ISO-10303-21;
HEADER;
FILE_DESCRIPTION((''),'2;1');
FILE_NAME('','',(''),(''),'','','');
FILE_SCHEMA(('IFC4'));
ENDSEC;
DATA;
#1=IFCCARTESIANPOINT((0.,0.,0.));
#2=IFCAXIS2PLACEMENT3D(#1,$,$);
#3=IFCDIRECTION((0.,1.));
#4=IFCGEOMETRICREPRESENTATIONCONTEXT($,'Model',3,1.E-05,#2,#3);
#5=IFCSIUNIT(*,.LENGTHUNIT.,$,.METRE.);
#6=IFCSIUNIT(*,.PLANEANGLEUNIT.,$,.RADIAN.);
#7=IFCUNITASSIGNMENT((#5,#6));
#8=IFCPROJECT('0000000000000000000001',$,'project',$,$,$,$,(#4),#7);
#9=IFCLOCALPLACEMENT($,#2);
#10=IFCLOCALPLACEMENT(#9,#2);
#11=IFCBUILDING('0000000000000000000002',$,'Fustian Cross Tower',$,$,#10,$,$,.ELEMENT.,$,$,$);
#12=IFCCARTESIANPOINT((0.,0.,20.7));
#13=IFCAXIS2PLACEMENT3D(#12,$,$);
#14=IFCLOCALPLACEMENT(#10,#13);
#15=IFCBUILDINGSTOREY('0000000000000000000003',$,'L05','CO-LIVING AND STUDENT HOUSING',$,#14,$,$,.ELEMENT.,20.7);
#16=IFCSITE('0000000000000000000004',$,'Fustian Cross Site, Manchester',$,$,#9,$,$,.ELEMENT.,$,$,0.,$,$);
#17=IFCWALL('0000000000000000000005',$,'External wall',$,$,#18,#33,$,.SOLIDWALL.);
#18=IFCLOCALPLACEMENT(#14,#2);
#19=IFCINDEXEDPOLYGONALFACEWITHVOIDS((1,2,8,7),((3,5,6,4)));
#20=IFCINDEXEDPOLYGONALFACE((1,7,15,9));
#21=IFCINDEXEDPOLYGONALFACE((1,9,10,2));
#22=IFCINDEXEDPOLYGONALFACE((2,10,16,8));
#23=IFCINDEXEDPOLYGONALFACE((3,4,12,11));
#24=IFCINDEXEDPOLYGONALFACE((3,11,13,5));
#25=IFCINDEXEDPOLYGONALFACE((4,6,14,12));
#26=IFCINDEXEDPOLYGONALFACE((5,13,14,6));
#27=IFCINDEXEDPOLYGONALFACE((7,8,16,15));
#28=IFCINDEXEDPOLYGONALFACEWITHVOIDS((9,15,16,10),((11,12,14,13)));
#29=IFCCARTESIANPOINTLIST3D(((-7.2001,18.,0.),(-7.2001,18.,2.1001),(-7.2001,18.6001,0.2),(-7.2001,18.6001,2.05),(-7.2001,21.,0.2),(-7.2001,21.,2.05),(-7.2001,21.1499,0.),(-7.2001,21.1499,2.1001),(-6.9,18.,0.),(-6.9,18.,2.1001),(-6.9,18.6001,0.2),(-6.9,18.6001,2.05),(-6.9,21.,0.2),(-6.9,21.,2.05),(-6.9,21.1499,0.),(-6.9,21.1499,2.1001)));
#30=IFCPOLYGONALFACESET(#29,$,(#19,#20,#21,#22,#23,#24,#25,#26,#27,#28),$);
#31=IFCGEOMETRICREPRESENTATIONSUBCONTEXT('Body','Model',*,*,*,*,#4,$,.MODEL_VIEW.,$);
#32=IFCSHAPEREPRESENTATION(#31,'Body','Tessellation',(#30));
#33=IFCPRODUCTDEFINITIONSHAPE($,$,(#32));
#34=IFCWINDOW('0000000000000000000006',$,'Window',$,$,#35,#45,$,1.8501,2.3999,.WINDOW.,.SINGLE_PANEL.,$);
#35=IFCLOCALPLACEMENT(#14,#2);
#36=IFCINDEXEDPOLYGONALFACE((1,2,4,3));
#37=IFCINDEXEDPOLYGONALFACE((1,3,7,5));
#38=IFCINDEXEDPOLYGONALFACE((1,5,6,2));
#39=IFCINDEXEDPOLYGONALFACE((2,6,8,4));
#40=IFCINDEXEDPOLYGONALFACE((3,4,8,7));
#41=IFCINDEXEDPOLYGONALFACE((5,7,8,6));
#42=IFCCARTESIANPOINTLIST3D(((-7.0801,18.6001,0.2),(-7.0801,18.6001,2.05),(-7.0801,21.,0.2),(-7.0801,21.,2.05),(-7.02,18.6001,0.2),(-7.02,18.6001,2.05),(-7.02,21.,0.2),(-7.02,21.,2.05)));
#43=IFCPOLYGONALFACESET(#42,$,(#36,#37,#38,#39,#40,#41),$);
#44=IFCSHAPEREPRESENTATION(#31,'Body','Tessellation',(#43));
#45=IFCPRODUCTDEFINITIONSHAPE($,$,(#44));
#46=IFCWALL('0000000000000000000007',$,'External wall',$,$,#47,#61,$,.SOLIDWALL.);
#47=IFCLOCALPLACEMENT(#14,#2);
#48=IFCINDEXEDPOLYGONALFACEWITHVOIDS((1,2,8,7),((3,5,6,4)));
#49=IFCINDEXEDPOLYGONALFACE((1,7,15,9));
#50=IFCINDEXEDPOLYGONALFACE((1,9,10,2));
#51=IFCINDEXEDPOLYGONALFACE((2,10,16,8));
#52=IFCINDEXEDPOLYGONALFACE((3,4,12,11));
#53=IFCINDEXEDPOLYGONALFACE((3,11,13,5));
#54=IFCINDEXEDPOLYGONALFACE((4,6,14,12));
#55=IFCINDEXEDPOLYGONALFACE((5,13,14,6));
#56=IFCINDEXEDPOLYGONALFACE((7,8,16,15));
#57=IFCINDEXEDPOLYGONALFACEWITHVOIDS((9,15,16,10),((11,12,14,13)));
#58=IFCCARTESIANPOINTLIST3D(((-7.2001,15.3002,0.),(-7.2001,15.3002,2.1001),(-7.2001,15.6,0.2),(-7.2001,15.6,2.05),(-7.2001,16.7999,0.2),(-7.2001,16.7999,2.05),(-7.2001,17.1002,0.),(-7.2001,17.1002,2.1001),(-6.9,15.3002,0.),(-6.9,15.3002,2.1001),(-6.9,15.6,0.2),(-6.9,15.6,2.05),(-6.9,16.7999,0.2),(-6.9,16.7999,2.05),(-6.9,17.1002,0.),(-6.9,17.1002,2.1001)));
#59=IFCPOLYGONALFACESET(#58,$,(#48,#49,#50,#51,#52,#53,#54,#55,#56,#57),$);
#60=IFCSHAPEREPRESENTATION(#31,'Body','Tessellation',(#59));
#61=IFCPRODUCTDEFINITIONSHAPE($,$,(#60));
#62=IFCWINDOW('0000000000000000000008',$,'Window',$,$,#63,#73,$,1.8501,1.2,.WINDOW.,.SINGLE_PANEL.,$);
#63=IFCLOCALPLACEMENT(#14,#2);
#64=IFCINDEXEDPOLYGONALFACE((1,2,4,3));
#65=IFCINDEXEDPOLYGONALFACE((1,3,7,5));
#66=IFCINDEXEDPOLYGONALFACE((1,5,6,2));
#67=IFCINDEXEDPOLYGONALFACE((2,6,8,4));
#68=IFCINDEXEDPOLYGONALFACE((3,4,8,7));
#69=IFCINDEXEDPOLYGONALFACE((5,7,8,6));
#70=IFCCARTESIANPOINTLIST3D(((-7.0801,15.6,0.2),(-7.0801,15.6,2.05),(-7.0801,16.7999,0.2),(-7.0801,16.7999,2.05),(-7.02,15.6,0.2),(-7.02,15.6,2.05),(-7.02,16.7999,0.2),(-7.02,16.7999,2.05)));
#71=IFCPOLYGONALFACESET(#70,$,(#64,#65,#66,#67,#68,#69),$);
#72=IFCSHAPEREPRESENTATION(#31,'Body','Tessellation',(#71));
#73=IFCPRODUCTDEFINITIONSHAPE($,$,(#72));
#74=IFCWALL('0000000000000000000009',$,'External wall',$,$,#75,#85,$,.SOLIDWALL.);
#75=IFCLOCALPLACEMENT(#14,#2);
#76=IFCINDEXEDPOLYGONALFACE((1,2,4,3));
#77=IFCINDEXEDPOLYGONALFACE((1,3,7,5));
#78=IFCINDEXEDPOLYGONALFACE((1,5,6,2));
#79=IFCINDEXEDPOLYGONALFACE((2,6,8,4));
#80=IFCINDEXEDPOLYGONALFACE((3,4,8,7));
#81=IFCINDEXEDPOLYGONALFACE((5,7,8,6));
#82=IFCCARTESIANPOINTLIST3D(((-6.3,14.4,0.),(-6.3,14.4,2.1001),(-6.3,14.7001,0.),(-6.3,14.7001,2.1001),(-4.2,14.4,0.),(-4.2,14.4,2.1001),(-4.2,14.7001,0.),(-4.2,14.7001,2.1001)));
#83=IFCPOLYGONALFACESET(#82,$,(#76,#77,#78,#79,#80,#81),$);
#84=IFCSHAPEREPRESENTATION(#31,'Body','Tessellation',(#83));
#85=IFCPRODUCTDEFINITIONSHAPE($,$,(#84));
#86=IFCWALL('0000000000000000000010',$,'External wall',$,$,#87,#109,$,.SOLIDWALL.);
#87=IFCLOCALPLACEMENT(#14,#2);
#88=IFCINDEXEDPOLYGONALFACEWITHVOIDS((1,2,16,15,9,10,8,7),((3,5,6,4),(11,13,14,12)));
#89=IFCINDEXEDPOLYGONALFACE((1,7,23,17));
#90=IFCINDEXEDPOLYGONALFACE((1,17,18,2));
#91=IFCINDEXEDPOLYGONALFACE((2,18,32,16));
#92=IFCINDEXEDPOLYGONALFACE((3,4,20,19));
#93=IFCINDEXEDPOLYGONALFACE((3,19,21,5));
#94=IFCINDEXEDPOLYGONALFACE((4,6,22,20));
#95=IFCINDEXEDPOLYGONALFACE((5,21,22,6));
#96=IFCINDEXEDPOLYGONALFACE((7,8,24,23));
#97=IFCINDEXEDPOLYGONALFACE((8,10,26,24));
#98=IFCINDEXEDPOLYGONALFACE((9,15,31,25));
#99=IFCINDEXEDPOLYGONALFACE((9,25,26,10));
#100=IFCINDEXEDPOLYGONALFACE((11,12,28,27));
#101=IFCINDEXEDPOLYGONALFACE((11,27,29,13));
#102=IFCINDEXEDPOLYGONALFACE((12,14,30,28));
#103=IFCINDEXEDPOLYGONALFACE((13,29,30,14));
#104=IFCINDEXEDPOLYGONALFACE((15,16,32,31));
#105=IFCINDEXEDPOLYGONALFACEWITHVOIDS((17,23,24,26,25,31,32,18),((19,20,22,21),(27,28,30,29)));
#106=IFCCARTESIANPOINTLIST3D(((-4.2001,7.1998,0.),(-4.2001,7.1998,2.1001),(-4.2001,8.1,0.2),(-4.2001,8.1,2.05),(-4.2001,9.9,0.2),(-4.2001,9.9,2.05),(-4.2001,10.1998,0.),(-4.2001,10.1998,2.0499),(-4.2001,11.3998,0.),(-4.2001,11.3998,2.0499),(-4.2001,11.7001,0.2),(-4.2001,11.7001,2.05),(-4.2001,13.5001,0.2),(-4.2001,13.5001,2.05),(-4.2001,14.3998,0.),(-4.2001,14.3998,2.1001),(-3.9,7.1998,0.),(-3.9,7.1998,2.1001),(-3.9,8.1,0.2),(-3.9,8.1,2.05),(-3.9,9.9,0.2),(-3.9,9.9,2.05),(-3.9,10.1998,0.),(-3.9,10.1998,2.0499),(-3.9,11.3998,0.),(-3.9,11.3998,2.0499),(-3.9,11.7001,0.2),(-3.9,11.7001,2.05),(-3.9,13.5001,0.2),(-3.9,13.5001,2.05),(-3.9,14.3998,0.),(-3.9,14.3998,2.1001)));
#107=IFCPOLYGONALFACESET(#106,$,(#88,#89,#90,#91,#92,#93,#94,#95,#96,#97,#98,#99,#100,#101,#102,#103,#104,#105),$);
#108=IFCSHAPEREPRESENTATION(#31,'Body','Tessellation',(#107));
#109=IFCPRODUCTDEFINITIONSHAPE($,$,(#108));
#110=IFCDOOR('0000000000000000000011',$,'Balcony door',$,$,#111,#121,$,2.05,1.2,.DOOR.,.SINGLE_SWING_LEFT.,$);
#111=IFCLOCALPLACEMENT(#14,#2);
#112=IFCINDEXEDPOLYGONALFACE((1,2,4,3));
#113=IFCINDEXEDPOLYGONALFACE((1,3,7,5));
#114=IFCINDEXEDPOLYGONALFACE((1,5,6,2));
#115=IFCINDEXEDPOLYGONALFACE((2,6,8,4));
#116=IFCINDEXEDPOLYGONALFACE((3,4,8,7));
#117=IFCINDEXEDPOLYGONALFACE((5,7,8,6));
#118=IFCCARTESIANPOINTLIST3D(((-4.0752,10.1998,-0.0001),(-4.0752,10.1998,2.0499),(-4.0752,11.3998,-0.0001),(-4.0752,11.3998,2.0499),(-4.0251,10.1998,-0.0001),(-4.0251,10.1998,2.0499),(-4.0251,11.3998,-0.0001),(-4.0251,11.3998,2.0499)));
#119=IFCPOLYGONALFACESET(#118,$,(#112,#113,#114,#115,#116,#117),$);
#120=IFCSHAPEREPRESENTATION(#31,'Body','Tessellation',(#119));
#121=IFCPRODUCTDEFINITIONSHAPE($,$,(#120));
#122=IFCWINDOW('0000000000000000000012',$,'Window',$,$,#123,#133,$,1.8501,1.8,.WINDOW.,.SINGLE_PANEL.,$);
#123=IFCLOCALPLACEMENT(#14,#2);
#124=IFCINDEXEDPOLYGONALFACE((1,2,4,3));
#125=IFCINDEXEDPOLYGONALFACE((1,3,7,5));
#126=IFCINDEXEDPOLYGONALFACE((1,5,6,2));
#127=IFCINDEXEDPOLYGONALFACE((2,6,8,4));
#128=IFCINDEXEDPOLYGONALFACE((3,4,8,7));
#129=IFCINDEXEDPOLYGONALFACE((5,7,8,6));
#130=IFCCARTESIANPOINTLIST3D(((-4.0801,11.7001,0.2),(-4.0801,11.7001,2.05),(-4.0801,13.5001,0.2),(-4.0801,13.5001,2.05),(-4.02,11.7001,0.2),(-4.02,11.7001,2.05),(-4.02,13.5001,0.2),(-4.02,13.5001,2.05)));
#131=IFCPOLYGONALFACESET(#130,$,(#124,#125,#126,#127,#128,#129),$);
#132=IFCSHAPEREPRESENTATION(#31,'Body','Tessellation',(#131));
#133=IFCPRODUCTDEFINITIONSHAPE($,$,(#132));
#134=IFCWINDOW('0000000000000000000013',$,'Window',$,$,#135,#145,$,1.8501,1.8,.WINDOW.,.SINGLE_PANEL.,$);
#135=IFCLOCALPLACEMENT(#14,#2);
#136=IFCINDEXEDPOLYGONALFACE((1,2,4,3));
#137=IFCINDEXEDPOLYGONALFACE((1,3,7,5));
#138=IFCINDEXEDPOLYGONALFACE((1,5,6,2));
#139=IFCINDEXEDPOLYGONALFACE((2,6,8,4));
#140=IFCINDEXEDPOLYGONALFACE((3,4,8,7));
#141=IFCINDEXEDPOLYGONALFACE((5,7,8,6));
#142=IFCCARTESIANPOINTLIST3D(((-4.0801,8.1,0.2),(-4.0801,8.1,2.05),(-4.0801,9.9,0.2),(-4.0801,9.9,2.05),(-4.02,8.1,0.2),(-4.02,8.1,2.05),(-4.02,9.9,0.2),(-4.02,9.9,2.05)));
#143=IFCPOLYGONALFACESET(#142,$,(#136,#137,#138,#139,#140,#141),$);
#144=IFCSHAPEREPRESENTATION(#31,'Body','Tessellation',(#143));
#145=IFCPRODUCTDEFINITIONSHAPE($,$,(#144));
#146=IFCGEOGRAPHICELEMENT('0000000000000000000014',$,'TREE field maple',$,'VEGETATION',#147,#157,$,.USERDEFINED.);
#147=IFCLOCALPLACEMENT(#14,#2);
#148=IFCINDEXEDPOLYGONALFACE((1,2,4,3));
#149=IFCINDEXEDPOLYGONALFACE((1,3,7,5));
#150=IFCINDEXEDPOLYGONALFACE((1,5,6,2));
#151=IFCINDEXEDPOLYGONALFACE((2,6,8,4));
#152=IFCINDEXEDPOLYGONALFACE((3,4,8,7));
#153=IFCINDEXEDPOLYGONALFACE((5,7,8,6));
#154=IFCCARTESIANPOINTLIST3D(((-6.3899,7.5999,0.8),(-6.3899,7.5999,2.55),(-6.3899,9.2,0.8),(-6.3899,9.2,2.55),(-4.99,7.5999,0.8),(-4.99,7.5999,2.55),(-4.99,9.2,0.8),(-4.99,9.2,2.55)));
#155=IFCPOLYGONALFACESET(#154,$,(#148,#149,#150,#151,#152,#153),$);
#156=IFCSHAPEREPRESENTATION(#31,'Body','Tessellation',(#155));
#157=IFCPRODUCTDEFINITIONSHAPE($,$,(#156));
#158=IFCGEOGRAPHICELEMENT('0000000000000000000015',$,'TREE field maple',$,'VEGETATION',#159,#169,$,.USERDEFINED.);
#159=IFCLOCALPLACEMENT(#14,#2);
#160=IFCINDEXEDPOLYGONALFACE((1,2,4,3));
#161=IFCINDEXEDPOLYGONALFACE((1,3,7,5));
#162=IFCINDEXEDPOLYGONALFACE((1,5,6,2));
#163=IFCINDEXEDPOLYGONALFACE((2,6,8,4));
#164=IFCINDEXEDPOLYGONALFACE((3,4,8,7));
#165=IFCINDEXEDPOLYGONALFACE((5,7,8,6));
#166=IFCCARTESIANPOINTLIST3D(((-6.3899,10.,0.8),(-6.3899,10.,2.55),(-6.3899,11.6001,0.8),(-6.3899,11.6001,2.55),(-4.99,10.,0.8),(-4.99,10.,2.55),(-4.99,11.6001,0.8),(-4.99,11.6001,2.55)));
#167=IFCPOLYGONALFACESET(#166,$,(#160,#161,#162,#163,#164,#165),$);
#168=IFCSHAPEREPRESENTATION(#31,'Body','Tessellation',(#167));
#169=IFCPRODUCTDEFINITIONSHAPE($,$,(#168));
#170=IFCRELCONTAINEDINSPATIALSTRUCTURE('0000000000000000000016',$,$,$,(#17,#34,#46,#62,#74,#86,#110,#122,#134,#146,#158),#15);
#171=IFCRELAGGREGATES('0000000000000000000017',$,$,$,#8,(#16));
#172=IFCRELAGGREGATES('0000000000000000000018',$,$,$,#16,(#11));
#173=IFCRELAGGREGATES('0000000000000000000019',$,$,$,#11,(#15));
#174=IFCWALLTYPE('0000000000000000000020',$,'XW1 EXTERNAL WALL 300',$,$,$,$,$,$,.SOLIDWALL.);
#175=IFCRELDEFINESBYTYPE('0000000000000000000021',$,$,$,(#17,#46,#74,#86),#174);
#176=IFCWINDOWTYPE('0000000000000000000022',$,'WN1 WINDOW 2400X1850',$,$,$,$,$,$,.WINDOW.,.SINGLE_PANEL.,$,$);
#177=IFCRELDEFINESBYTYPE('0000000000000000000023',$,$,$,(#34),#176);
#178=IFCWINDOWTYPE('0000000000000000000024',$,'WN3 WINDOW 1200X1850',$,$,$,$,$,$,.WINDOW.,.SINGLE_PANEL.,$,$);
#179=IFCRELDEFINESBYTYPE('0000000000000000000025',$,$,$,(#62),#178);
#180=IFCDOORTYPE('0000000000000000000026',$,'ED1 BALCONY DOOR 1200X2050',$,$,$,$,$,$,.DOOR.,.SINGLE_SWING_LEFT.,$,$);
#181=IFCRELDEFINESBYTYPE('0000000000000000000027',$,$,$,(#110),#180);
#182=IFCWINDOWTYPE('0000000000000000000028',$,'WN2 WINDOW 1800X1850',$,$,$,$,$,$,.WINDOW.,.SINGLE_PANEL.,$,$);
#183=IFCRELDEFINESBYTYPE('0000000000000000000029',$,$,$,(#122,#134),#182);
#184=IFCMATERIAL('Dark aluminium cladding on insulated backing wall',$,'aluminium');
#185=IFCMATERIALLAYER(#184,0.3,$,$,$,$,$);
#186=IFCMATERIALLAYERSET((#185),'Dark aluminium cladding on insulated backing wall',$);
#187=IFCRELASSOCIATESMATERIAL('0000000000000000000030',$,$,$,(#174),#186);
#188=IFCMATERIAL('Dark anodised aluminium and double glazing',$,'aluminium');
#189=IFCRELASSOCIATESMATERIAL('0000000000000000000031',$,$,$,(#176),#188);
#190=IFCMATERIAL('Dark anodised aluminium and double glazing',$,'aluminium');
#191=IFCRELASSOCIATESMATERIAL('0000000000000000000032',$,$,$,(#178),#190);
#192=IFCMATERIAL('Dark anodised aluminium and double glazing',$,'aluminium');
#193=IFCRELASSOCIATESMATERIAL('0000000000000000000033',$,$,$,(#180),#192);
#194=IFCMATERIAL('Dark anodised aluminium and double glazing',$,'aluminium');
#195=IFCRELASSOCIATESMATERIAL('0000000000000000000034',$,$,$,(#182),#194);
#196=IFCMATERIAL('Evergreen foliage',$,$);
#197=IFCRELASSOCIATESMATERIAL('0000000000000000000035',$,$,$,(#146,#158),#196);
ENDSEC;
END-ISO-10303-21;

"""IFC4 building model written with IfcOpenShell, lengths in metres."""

from ifc_helpers import new_model, si_unit, direction, frame, frame_2d, origin, origin_2d, place, context, subcontext, project, spatial, rectangle, extrude, material, layer, layer_set, type_object, element, fill, save


model = new_model("IFC4")

# Units and contexts
model_context = context("Model", 3, precision=1e-05, world=origin(), true_north=direction((0.0, 1.0)))
body_context = subcontext(model_context, "Body", "Model", "MODEL_VIEW")
ifc_project = project(units=[si_unit("LENGTHUNIT", "METRE"), si_unit("PLANEANGLEUNIT", "RADIAN")], contexts=[model_context])

# Site, building, storey
site_placement = place(None, origin())
site = spatial("IfcSite", under=ifc_project, at=site_placement, Name="Fustian Cross Site, Manchester", CompositionType="ELEMENT", RefElevation=0.0)
building_placement = place(site_placement, origin())
building = spatial("IfcBuilding", under=site, at=building_placement, Name="Fustian Cross Tower", CompositionType="ELEMENT")
storey_placement = place(building_placement, frame((0.0, 0.0, 20.7)))
storey = spatial("IfcBuildingStorey", under=building, at=storey_placement, Name="L05", Description="CO-LIVING AND STUDENT HOUSING", CompositionType="ELEMENT", Elevation=20.7)

# Walls, openings, windows
ifc_material_1 = material(Name="Dark aluminium cladding on insulated backing wall", Category="aluminium")
ifc_layer_1 = layer(ifc_material_1, 0.3)
ifc_layer_set_1 = layer_set([ifc_layer_1], Name="Dark aluminium cladding on insulated backing wall")
wall_type_1 = type_object("IfcWallType", Name="XW1 EXTERNAL WALL 300", PredefinedType="SOLIDWALL", material=ifc_layer_set_1)
wall_1_placement = place(storey_placement, frame((-7.05, 21.1499, 0.0), z_axis=(0.0, 0.0, 1.0), x_axis=(0.0, -1.0, 0.0)))
wall_1 = element("IfcWall", 1, at=wall_1_placement, inside=storey, type_object=wall_type_1, Name="External wall", PredefinedType="SOLIDWALL", context=body_context, shape_type="SweptSolid", body=[
    extrude(rectangle(XDim=3.1499, YDim=0.3, at=frame_2d((1.575, 0.0))), origin(), (0.0, 0.0, 1.0), 2.1001),
])
opening_1_placement = place(wall_1_placement, frame((0.1499, 0.0, 0.2)))
opening_1 = element("IfcOpeningElement", 2, at=opening_1_placement, cuts=wall_1, PredefinedType="OPENING", context=body_context, shape_type="SweptSolid", body=[
    extrude(rectangle(XDim=2.3999, YDim=1.8501, at=frame_2d((1.2, 0.925))), frame((0.0, 0.1599, 0.0), z_axis=(0.0, -1.0, 0.0), x_axis=(1.0, 0.0, 0.0)), (0.0, 0.0, 1.0), 0.3201),
])
ifc_material_2 = material(Name="Dark anodised aluminium and double glazing", Category="aluminium")
window_type_1 = type_object("IfcWindowType", Name="WN1 WINDOW 2400X1850", PartitioningType="SINGLE_PANEL", PredefinedType="WINDOW", material=ifc_material_2)
window_1_placement = place(opening_1_placement, origin())
window_1 = element("IfcWindow", 3, at=window_1_placement, inside=storey, type_object=window_type_1, Name="Window", OverallHeight=1.8501, OverallWidth=2.3999, PartitioningType="SINGLE_PANEL", PredefinedType="WINDOW", context=body_context, shape_type="SweptSolid", body=[
    extrude(rectangle(XDim=2.3999, YDim=1.8501, at=frame_2d((1.2, 0.925))), frame((0.0, 0.03, 0.0), z_axis=(0.0, -1.0, 0.0), x_axis=(1.0, 0.0, 0.0)), (0.0, 0.0, 1.0), 0.0601),
])
fill(opening_1, window_1)
wall_2_placement = place(storey_placement, frame((-7.05, 17.1001, 0.0), z_axis=(0.0, 0.0, 1.0), x_axis=(0.0, -1.0, 0.0)))
wall_2 = element("IfcWall", 4, at=wall_2_placement, inside=storey, type_object=wall_type_1, Name="External wall", PredefinedType="SOLIDWALL", context=body_context, shape_type="SweptSolid", body=[
    extrude(rectangle(XDim=1.8, YDim=0.3, at=frame_2d((0.8999, 0.0))), origin(), (0.0, 0.0, 1.0), 2.1001),
])
opening_2_placement = place(wall_2_placement, frame((0.3, 0.0, 0.2)))
opening_2 = element("IfcOpeningElement", 5, at=opening_2_placement, cuts=wall_2, PredefinedType="OPENING", context=body_context, shape_type="SweptSolid", body=[
    extrude(rectangle(XDim=1.2, YDim=1.8501, at=frame_2d((0.6001, 0.925))), frame((0.0, 0.1599, 0.0), z_axis=(0.0, -1.0, 0.0), x_axis=(1.0, 0.0, 0.0)), (0.0, 0.0, 1.0), 0.3201),
])
ifc_material_3 = material(Name="Dark anodised aluminium and double glazing", Category="aluminium")
window_type_2 = type_object("IfcWindowType", Name="WN3 WINDOW 1200X1850", PartitioningType="SINGLE_PANEL", PredefinedType="WINDOW", material=ifc_material_3)
window_2_placement = place(opening_2_placement, origin())
window_2 = element("IfcWindow", 6, at=window_2_placement, inside=storey, type_object=window_type_2, Name="Window", OverallHeight=1.8501, OverallWidth=1.2, PartitioningType="SINGLE_PANEL", PredefinedType="WINDOW", context=body_context, shape_type="SweptSolid", body=[
    extrude(rectangle(XDim=1.2, YDim=1.8501, at=frame_2d((0.6001, 0.925))), frame((0.0, 0.03, 0.0), z_axis=(0.0, -1.0, 0.0), x_axis=(1.0, 0.0, 0.0)), (0.0, 0.0, 1.0), 0.0601),
])
fill(opening_2, window_2)

# Wall
wall_3_placement = place(storey_placement, frame((-6.3, 14.55, 0.0), z_axis=(0.0, 0.0, 1.0), x_axis=(1.0, 0.0, 0.0)))
element("IfcWall", 7, at=wall_3_placement, inside=storey, type_object=wall_type_1, Name="External wall", PredefinedType="SOLIDWALL", context=body_context, shape_type="SweptSolid", body=[
    extrude(rectangle(XDim=2.1001, YDim=0.3, at=frame_2d((1.05, 0.0))), origin(), (0.0, 0.0, 1.0), 2.1001),
])

# Wall, openings, door, windows
wall_4_placement = place(storey_placement, frame((-4.05, 14.3999, 0.0), z_axis=(0.0, 0.0, 1.0), x_axis=(0.0, -1.0, 0.0)))
wall_4 = element("IfcWall", 8, at=wall_4_placement, inside=storey, type_object=wall_type_1, Name="External wall", PredefinedType="SOLIDWALL", context=body_context, shape_type="SweptSolid", body=[
    extrude(rectangle(XDim=7.2, YDim=0.3, at=frame_2d((3.6001, 0.0))), origin(), (0.0, 0.0, 1.0), 2.1001),
])
opening_3_placement = place(wall_4_placement, frame((3.0, 0.0, 0.0)))
opening_3 = element("IfcOpeningElement", 9, at=opening_3_placement, cuts=wall_4, PredefinedType="OPENING", context=body_context, shape_type="SweptSolid", body=[
    extrude(rectangle(XDim=1.2, YDim=2.05, at=frame_2d((0.6001, 1.0249))), frame((0.0, 0.1599, 0.0), z_axis=(0.0, -1.0, 0.0), x_axis=(1.0, 0.0, 0.0)), (0.0, 0.0, 1.0), 0.3201),
])
opening_4_placement = place(wall_4_placement, frame((0.8999, 0.0, 0.2)))
opening_4 = element("IfcOpeningElement", 10, at=opening_4_placement, cuts=wall_4, PredefinedType="OPENING", context=body_context, shape_type="SweptSolid", body=[
    extrude(rectangle(XDim=1.8, YDim=1.8501, at=frame_2d((0.8999, 0.925))), frame((0.0, 0.1599, 0.0), z_axis=(0.0, -1.0, 0.0), x_axis=(1.0, 0.0, 0.0)), (0.0, 0.0, 1.0), 0.3201),
])
opening_5_placement = place(wall_4_placement, frame((4.5, 0.0, 0.2)))
opening_5 = element("IfcOpeningElement", 11, at=opening_5_placement, cuts=wall_4, PredefinedType="OPENING", context=body_context, shape_type="SweptSolid", body=[
    extrude(rectangle(XDim=1.8, YDim=1.8501, at=frame_2d((0.8999, 0.925))), frame((0.0, 0.1599, 0.0), z_axis=(0.0, -1.0, 0.0), x_axis=(1.0, 0.0, 0.0)), (0.0, 0.0, 1.0), 0.3201),
])
ifc_material_4 = material(Name="Dark anodised aluminium and double glazing", Category="aluminium")
door_type_1 = type_object("IfcDoorType", Name="ED1 BALCONY DOOR 1200X2050", OperationType="SINGLE_SWING_LEFT", PredefinedType="DOOR", material=ifc_material_4)
door_1_placement = place(opening_3_placement, origin())
door_1 = element("IfcDoor", 12, at=door_1_placement, inside=storey, type_object=door_type_1, Name="Balcony door", OperationType="SINGLE_SWING_LEFT", OverallHeight=2.05, OverallWidth=1.2, PredefinedType="DOOR", context=body_context, shape_type="SweptSolid", body=[
    extrude(rectangle(XDim=1.2, YDim=2.05, at=frame_2d((0.6001, 1.0249))), frame((0.0, 0.0249, 0.0), z_axis=(0.0, -1.0, 0.0), x_axis=(1.0, 0.0, 0.0)), (0.0, 0.0, 1.0), 0.05),
])
fill(opening_3, door_1)
ifc_material_5 = material(Name="Dark anodised aluminium and double glazing", Category="aluminium")
window_type_3 = type_object("IfcWindowType", Name="WN2 WINDOW 1800X1850", PartitioningType="SINGLE_PANEL", PredefinedType="WINDOW", material=ifc_material_5)
window_3_placement = place(opening_4_placement, origin())
window_3 = element("IfcWindow", 13, at=window_3_placement, inside=storey, type_object=window_type_3, Name="Window", OverallHeight=1.8501, OverallWidth=1.8, PartitioningType="SINGLE_PANEL", PredefinedType="WINDOW", context=body_context, shape_type="SweptSolid", body=[
    extrude(rectangle(XDim=1.8, YDim=1.8501, at=frame_2d((0.8999, 0.925))), frame((0.0, 0.03, 0.0), z_axis=(0.0, -1.0, 0.0), x_axis=(1.0, 0.0, 0.0)), (0.0, 0.0, 1.0), 0.0601),
])
fill(opening_4, window_3)
window_4_placement = place(opening_5_placement, origin())
window_4 = element("IfcWindow", 14, at=window_4_placement, inside=storey, type_object=window_type_3, Name="Window", OverallHeight=1.8501, OverallWidth=1.8, PartitioningType="SINGLE_PANEL", PredefinedType="WINDOW", context=body_context, shape_type="SweptSolid", body=[
    extrude(rectangle(XDim=1.8, YDim=1.8501, at=frame_2d((0.8999, 0.925))), frame((0.0, 0.03, 0.0), z_axis=(0.0, -1.0, 0.0), x_axis=(1.0, 0.0, 0.0)), (0.0, 0.0, 1.0), 0.0601),
])
fill(opening_5, window_4)

# Geographic elements
ifc_material_6 = material(Name="Evergreen foliage")
for number, where, z_axis, x_axis, name in (
    (15, (-5.6899, 8.3999, 0.8), (0.0, 0.0, 1.0), (1.0, 0.0, 0.0), "TREE field maple"),
    (16, (-5.6899, 10.8, 0.8), (0.0, 0.0, 1.0), (1.0, 0.0, 0.0), "TREE field maple"),
):
    element("IfcGeographicElement", number, at=place(storey_placement, frame(where, z_axis=z_axis, x_axis=x_axis)), inside=storey, material=ifc_material_6, Name=name, ObjectType="VEGETATION", PredefinedType="USERDEFINED", context=body_context, shape_type="SweptSolid", body=[
        extrude(rectangle(XDim=1.3999, YDim=1.6001, at=origin_2d()), origin(), (0.0, 0.0, 1.0), 1.75),
    ])

save(model, "model.ifc")
